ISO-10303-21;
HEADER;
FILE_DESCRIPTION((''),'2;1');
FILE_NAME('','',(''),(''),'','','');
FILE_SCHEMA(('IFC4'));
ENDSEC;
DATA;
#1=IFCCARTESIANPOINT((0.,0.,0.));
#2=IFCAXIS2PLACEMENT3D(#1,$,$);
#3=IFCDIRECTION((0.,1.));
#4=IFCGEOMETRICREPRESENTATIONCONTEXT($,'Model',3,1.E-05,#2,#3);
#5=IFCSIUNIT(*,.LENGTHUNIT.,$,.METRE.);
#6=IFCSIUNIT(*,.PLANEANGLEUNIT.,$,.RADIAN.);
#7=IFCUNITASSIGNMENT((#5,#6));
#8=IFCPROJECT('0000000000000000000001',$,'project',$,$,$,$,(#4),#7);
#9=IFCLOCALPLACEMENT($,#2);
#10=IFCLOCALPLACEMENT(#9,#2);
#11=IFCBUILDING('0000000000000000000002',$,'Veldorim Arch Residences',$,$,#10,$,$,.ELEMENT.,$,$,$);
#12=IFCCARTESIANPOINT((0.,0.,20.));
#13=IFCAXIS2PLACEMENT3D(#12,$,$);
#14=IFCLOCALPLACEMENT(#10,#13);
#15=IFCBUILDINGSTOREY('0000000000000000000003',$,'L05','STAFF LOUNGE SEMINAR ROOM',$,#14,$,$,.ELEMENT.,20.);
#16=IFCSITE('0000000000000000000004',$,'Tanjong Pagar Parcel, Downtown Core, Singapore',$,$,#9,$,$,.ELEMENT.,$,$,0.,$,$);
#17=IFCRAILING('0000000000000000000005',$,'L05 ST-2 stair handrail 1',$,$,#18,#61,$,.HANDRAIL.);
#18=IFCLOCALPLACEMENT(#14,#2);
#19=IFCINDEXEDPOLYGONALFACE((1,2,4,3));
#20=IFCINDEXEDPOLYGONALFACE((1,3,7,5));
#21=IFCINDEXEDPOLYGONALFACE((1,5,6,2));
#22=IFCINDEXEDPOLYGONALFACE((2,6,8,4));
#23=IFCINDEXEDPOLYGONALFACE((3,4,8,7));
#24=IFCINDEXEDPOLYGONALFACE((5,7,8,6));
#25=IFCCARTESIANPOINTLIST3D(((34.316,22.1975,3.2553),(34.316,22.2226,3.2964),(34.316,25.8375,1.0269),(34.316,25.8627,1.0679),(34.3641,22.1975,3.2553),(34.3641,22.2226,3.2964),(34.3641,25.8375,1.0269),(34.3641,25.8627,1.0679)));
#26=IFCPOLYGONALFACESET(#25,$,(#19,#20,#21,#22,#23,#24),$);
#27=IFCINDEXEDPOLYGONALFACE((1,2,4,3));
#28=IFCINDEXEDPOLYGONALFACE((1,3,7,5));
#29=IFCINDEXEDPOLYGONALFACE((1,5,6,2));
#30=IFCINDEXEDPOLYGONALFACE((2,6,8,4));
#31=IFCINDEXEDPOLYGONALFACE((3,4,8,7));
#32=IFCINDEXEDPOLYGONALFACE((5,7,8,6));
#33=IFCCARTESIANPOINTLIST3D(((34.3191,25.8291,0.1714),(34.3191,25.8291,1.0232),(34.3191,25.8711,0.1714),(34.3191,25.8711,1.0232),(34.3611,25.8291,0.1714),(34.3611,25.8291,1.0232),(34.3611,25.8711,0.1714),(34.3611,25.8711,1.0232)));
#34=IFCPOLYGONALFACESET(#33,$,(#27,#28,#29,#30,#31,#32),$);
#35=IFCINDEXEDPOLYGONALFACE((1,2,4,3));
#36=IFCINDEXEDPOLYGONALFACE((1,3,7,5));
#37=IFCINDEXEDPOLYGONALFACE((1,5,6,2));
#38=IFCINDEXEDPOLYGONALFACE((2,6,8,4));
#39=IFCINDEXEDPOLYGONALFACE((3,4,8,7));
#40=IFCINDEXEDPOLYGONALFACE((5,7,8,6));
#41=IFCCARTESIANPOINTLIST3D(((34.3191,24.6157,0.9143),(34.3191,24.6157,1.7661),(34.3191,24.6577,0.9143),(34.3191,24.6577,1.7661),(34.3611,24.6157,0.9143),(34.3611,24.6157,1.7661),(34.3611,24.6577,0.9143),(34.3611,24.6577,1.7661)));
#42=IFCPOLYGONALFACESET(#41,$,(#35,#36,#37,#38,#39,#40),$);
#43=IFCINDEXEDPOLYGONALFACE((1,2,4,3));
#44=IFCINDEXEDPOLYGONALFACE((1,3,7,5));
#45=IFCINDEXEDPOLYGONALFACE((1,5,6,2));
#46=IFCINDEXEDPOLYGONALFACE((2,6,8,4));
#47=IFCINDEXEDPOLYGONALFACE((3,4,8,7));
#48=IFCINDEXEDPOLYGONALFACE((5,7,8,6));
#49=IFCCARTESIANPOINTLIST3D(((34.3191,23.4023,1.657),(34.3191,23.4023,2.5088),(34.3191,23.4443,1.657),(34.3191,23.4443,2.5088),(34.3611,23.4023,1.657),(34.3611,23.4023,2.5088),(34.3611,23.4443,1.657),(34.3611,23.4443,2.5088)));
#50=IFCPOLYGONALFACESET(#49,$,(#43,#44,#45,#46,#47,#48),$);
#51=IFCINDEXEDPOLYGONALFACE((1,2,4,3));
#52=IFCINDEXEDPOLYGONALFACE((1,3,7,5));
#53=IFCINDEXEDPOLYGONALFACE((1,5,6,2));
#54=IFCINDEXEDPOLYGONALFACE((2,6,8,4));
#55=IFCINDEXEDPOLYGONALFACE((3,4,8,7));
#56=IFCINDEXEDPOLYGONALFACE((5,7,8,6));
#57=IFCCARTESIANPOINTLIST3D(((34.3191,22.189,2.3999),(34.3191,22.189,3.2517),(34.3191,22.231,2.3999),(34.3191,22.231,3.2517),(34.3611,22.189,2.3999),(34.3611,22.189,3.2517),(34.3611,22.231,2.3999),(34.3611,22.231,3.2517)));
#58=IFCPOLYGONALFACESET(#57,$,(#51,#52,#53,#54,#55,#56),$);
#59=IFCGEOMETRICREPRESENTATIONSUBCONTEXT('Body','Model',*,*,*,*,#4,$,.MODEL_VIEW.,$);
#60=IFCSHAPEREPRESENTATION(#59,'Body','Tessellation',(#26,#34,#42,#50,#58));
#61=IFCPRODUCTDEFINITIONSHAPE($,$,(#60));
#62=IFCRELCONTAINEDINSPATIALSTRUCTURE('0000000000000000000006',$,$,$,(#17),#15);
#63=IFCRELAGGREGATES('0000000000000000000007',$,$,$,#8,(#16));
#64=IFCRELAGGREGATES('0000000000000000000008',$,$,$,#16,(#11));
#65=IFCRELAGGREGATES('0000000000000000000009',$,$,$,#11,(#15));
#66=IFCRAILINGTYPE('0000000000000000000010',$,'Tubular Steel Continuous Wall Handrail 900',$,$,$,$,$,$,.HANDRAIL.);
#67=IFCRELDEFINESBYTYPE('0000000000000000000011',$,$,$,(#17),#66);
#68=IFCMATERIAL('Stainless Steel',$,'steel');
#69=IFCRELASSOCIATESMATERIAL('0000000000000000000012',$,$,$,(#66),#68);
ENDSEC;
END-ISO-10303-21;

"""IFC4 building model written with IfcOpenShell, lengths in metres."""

from ifc_helpers import new_model, si_unit, direction, frame, origin, origin_2d, place, context, subcontext, project, spatial, rectangle, extrude, material, type_object, element, save


model = new_model("IFC4")

# Units and contexts
model_context = context("Model", 3, precision=1e-05, world=origin(), true_north=direction((0.0, 1.0)))
body_context = subcontext(model_context, "Body", "Model", "MODEL_VIEW")
ifc_project = project(units=[si_unit("LENGTHUNIT", "METRE"), si_unit("PLANEANGLEUNIT", "RADIAN")], contexts=[model_context])

# Site, building, storey
site_placement = place(None, origin())
site = spatial("IfcSite", under=ifc_project, at=site_placement, Name="Tanjong Pagar Parcel, Downtown Core, Singapore", CompositionType="ELEMENT", RefElevation=0.0)
building_placement = place(site_placement, origin())
building = spatial("IfcBuilding", under=site, at=building_placement, Name="Veldorim Arch Residences", CompositionType="ELEMENT")
storey_placement = place(building_placement, frame((0.0, 0.0, 20.0)))
storey = spatial("IfcBuildingStorey", under=building, at=storey_placement, Name="L05", Description="STAFF LOUNGE SEMINAR ROOM", CompositionType="ELEMENT", Elevation=20.0)

# Railing
ifc_material_1 = material(Name="Stainless Steel", Category="steel")
railing_type_1 = type_object("IfcRailingType", Name="Tubular Steel Continuous Wall Handrail 900", PredefinedType="HANDRAIL", material=ifc_material_1)
railing_1_placement = place(storey_placement, frame((34.3401, 25.8501, 0.1714)))
element("IfcRailing", 1, at=railing_1_placement, inside=storey, type_object=railing_type_1, Name="L05 ST-2 stair handrail 1", PredefinedType="HANDRAIL", context=body_context, shape_type="SweptSolid", body=[
    extrude(rectangle(XDim=0.0481, YDim=0.0481, at=origin_2d()), frame((0.0, 0.0, 0.876), z_axis=(0.0, -0.852866, 0.52213), x_axis=(1.0, 0.0, 0.0)), (0.0, 0.0, 1.0), 4.2681),
    extrude(rectangle(XDim=0.042, YDim=0.042, at=origin_2d()), origin(), (0.0, 0.0, 1.0), 0.8518),
    extrude(rectangle(XDim=0.042, YDim=0.042, at=origin_2d()), frame((0.0, -1.2134, 0.7429)), (0.0, 0.0, 1.0), 0.8518),
    extrude(rectangle(XDim=0.042, YDim=0.042, at=origin_2d()), frame((0.0, -2.4268, 1.4856)), (0.0, 0.0, 1.0), 0.8518),
    extrude(rectangle(XDim=0.042, YDim=0.042, at=origin_2d()), frame((0.0, -3.6401, 2.2285)), (0.0, 0.0, 1.0), 0.8518),
])

save(model, "model.ifc")
